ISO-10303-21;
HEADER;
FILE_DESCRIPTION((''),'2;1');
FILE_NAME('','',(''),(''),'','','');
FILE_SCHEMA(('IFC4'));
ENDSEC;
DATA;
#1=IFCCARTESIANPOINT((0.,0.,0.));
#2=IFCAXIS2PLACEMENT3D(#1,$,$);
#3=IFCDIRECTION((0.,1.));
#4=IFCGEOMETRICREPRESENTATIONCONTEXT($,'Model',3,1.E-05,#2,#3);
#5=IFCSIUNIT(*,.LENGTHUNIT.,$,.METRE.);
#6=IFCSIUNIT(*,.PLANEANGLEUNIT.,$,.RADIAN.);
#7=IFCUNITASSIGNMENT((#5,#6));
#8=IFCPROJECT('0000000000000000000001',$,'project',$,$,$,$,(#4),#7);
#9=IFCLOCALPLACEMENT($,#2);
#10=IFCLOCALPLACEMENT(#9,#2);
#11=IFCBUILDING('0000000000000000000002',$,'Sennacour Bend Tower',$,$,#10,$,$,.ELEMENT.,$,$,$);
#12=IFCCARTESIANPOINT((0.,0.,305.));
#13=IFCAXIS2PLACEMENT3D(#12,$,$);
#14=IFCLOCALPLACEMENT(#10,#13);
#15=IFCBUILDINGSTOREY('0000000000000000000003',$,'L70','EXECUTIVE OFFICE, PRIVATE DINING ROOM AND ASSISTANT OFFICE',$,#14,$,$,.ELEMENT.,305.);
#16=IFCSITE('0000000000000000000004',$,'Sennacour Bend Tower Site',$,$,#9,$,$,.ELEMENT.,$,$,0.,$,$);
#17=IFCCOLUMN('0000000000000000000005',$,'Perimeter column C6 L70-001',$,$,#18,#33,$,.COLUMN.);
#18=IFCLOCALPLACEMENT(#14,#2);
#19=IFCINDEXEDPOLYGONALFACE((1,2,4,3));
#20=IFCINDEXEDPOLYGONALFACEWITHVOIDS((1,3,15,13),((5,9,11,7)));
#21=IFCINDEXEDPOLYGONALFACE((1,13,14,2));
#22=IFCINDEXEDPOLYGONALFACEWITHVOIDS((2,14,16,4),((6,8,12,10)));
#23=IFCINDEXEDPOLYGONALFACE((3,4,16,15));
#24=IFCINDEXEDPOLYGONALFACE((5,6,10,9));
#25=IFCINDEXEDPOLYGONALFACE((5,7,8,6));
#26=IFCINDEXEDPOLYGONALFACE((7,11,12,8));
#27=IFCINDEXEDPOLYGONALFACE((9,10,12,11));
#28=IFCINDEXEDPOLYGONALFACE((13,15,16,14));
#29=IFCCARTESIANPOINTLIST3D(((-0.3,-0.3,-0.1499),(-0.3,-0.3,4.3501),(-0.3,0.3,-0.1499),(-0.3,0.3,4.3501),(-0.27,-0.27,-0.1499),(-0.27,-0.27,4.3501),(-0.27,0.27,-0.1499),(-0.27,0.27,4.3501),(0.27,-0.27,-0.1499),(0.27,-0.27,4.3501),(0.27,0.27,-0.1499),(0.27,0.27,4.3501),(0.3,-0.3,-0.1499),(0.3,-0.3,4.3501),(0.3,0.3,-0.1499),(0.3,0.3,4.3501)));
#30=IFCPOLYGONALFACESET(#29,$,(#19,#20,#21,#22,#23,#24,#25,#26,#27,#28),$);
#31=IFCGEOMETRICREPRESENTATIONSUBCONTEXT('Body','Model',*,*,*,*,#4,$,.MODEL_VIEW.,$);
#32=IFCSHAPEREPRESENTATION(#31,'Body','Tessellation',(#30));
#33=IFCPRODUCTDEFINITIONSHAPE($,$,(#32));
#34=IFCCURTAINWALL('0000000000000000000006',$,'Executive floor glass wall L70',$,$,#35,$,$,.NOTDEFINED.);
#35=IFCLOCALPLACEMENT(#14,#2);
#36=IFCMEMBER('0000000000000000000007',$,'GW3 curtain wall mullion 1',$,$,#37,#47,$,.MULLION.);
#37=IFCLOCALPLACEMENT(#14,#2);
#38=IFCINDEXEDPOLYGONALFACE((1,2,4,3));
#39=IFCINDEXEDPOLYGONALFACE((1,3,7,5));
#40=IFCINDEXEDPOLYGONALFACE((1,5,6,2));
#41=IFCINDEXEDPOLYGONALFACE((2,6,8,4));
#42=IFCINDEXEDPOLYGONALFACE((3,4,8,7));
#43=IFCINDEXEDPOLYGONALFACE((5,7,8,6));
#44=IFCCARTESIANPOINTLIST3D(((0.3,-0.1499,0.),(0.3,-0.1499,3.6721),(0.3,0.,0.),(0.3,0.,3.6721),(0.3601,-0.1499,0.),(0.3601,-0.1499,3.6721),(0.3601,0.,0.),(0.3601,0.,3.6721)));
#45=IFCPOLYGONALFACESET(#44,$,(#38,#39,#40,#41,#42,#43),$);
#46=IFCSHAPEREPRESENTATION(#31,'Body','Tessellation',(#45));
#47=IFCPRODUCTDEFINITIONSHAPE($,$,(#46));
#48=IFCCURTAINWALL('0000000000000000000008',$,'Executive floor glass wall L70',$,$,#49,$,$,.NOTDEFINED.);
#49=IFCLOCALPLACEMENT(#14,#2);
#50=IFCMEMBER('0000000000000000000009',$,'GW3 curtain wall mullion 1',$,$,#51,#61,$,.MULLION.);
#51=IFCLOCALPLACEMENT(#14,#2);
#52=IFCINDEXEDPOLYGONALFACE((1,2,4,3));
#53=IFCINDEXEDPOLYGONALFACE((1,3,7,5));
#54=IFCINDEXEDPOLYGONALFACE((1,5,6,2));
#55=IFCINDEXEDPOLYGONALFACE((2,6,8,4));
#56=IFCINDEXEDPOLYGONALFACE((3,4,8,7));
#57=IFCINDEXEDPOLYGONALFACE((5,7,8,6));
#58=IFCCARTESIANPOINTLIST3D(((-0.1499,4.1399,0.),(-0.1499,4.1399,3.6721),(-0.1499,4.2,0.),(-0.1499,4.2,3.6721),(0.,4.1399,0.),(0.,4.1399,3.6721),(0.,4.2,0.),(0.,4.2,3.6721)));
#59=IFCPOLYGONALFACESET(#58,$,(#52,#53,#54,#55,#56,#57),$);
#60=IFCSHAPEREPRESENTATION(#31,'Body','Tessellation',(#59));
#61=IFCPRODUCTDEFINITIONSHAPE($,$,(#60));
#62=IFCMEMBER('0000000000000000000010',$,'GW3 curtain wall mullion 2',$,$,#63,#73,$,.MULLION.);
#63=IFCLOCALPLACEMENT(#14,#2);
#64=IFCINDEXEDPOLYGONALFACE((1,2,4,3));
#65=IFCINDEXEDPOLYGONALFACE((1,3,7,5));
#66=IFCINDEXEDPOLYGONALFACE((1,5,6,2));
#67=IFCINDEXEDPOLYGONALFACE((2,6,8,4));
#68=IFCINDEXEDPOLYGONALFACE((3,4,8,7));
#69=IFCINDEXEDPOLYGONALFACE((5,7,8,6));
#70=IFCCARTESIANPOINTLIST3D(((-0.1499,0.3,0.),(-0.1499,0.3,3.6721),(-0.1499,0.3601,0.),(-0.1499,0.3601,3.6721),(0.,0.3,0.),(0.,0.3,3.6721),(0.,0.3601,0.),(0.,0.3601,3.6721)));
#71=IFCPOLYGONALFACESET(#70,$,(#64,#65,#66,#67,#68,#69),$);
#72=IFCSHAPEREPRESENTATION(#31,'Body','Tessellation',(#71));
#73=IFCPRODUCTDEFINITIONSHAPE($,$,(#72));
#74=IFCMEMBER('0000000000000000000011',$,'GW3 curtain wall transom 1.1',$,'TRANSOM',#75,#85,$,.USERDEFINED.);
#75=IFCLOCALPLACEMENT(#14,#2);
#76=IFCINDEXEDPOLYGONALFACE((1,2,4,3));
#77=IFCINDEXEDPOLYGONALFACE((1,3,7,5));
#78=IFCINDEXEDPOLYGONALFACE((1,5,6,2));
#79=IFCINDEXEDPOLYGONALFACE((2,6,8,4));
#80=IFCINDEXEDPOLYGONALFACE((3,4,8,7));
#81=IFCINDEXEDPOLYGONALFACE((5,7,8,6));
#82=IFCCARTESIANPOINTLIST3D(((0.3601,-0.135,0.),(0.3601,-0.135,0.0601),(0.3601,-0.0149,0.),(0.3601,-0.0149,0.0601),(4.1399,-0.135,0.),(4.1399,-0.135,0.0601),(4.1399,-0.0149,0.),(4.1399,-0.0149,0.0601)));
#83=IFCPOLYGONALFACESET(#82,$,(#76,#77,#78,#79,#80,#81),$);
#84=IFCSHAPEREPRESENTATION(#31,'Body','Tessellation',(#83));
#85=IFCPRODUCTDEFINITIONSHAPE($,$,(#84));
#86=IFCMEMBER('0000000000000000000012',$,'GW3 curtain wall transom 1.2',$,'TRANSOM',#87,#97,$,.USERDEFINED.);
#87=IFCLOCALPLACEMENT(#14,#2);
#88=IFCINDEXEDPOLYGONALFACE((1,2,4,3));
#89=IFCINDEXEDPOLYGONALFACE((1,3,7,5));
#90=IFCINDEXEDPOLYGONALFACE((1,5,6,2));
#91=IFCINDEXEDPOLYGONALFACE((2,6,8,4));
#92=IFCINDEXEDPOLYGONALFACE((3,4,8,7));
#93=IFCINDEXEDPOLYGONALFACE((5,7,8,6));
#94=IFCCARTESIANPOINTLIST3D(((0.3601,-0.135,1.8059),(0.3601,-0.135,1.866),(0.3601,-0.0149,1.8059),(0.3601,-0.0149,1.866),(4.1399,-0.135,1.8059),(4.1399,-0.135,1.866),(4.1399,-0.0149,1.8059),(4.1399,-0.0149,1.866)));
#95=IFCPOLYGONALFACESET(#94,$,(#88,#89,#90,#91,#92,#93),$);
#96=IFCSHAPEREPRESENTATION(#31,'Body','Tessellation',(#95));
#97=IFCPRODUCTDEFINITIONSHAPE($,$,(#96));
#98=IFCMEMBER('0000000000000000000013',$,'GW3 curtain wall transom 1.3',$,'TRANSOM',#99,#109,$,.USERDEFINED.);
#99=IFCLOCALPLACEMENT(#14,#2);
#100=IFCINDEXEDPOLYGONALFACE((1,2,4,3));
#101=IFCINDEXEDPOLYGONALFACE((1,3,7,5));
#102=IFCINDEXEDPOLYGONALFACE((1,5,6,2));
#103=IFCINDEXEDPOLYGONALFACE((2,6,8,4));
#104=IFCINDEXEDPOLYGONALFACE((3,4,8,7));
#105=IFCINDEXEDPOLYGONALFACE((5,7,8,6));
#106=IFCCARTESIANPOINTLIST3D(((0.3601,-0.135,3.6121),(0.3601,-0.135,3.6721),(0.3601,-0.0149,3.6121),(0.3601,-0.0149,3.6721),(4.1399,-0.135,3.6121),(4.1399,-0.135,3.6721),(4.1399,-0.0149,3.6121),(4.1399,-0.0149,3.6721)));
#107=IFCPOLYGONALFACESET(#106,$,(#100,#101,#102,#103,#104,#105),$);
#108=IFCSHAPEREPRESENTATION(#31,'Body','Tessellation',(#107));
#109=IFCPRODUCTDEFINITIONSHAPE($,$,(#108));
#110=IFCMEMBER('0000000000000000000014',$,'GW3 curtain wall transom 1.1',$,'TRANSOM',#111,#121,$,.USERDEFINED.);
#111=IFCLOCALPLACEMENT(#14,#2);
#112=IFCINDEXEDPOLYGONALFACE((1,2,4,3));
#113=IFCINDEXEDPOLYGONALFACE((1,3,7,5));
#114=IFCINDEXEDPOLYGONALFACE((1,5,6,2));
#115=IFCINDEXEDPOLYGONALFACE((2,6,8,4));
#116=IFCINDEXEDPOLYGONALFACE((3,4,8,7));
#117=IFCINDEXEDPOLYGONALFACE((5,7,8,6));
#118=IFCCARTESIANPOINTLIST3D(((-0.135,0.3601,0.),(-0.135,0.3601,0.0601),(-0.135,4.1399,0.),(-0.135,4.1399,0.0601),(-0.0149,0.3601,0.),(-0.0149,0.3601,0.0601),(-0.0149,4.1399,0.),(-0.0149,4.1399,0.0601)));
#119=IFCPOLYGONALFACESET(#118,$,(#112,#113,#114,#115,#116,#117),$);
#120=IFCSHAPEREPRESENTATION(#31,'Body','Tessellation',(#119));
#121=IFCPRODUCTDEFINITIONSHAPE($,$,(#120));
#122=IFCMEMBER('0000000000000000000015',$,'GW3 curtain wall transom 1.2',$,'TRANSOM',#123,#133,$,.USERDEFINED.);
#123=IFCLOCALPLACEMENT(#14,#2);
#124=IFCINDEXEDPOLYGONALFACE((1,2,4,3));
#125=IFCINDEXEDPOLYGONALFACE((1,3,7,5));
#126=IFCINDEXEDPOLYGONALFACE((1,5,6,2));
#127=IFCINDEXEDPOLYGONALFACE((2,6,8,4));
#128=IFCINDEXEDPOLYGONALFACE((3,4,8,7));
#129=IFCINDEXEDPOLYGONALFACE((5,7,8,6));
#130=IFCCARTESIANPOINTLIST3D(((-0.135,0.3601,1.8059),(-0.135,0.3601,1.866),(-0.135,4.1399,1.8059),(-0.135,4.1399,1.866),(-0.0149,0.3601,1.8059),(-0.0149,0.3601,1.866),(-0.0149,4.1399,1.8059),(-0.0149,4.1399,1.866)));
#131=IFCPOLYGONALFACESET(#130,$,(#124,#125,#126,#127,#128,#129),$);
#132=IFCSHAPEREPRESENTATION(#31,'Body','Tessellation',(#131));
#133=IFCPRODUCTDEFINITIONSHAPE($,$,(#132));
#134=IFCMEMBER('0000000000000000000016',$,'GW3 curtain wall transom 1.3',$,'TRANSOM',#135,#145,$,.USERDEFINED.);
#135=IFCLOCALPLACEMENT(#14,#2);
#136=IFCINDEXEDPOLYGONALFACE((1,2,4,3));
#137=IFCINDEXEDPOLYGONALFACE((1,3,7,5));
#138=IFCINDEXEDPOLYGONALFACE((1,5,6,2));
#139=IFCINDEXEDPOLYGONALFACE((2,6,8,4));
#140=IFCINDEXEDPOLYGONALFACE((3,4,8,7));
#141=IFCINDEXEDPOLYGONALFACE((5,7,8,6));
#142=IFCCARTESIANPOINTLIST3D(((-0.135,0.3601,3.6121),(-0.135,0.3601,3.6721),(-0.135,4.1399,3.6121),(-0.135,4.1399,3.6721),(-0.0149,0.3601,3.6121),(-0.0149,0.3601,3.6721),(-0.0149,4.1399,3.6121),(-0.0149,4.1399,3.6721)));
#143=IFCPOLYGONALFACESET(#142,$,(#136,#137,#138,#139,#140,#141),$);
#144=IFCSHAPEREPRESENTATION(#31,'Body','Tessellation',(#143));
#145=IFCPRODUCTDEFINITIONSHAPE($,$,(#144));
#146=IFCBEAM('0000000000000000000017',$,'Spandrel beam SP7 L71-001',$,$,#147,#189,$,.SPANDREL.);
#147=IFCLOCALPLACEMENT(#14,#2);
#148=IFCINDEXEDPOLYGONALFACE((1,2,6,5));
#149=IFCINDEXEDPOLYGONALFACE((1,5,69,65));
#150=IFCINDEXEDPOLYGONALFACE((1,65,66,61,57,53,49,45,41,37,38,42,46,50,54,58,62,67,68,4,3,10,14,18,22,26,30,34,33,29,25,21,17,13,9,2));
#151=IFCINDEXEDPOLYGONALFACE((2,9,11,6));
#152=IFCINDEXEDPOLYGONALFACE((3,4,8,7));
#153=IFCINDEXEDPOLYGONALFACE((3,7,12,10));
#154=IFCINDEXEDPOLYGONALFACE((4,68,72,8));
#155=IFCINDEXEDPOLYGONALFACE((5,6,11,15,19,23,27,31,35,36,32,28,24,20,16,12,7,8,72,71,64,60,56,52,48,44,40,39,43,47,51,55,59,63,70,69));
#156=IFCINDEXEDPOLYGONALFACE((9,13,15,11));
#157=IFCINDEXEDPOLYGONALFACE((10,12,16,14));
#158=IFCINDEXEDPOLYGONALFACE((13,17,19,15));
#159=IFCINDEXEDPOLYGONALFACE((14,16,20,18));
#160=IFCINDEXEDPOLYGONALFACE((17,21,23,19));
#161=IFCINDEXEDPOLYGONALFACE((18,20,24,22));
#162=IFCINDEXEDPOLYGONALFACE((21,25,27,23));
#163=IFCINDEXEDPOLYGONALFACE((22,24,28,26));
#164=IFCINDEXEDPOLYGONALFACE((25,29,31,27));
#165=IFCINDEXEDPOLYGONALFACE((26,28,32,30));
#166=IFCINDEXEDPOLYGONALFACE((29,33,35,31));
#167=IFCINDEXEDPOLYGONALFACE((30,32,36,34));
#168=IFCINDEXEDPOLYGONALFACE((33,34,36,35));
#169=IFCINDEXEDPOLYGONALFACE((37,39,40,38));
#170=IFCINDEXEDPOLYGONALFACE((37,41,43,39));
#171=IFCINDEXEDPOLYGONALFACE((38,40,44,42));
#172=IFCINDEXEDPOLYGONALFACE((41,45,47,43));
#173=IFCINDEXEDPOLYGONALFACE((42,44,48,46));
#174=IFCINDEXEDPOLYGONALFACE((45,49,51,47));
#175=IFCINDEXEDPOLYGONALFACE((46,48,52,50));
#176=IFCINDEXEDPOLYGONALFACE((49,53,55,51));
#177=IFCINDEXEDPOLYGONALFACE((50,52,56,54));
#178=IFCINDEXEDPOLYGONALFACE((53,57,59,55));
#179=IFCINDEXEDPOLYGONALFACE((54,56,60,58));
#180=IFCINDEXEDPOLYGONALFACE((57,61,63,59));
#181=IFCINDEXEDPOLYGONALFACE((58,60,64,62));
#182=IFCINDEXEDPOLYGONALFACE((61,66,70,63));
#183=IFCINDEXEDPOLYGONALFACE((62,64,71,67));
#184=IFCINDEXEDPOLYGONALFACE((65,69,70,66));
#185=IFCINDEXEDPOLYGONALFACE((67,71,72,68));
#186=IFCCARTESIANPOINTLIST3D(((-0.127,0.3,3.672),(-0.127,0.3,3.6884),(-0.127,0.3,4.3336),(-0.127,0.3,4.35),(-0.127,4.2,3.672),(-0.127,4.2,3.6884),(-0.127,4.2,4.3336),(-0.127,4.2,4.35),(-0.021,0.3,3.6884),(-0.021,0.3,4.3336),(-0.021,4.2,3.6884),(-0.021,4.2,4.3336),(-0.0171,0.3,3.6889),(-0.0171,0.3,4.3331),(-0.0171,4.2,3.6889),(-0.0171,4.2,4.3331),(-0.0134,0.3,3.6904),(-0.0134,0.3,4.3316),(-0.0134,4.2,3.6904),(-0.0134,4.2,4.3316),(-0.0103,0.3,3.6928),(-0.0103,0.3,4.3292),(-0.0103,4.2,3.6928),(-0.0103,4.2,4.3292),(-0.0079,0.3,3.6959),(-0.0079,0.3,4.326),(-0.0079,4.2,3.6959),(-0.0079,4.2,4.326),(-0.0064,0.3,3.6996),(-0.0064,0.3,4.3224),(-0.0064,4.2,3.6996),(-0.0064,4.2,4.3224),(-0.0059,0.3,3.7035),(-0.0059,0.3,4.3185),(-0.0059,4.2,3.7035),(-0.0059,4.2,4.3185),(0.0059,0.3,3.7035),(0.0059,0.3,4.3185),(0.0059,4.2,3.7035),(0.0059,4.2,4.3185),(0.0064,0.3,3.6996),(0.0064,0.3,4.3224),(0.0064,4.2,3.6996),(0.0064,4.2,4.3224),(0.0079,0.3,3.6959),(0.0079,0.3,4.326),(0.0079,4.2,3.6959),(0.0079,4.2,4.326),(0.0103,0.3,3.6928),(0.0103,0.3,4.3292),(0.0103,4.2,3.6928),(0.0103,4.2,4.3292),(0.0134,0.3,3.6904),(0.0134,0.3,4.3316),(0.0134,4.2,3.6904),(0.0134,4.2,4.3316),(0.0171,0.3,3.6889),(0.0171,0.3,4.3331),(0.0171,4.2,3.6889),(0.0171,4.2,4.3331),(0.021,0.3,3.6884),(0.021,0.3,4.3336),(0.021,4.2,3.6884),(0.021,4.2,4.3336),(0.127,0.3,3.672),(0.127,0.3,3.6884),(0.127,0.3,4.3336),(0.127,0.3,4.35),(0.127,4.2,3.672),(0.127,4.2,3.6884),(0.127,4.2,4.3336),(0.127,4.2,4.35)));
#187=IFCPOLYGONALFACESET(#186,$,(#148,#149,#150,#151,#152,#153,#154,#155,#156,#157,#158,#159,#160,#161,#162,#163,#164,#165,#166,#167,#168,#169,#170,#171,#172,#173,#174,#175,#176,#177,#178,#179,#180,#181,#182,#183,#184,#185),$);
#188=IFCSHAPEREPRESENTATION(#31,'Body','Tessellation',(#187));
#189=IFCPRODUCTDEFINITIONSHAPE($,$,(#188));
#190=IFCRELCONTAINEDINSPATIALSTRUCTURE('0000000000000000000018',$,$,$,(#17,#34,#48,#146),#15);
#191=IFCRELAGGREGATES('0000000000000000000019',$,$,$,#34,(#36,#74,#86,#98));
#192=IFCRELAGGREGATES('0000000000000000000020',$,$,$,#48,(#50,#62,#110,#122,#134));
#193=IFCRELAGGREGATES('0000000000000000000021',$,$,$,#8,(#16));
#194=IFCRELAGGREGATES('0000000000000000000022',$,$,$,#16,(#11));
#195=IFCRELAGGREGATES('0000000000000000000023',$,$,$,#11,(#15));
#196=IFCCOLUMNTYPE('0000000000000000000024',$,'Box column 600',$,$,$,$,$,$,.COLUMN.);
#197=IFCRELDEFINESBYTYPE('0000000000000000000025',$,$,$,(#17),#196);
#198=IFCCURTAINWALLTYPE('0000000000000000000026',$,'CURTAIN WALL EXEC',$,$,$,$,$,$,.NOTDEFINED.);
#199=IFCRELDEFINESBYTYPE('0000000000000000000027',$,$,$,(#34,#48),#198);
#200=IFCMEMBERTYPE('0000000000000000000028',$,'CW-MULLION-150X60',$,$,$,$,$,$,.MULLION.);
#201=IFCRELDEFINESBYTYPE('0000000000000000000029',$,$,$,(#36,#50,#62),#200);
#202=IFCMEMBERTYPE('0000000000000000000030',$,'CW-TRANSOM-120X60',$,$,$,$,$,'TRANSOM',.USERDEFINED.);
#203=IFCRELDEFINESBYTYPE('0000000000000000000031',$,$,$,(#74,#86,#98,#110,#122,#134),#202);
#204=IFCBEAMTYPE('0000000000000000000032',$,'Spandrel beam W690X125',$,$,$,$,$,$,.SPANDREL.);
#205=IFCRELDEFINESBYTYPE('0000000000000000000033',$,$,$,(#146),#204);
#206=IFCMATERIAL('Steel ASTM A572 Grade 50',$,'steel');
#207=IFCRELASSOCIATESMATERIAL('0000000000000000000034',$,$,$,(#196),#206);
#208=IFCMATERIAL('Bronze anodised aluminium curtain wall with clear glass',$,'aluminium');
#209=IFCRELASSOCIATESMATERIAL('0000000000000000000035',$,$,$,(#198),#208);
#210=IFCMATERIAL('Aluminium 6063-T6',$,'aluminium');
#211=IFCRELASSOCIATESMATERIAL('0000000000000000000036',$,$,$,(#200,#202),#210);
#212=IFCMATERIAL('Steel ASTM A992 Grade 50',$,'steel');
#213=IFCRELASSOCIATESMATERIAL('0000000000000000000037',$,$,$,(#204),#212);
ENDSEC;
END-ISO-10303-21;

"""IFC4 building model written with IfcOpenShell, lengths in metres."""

from ifc_helpers import new_model, si_unit, direction, frame, origin, origin_2d, place, context, subcontext, project, spatial, rectangle, hollow_rectangle, i_section, extrude, material, material_profile, profile_set, type_object, element, aggregate, save


model = new_model("IFC4")

# Units and contexts
model_context = context("Model", 3, precision=1e-05, world=origin(), true_north=direction((0.0, 1.0)))
body_context = subcontext(model_context, "Body", "Model", "MODEL_VIEW")
ifc_project = project(units=[si_unit("LENGTHUNIT", "METRE"), si_unit("PLANEANGLEUNIT", "RADIAN")], contexts=[model_context])

# Site, building, storey
site_placement = place(None, origin())
site = spatial("IfcSite", under=ifc_project, at=site_placement, Name="Sennacour Bend Tower Site", CompositionType="ELEMENT", RefElevation=0.0)
building_placement = place(site_placement, origin())
building = spatial("IfcBuilding", under=site, at=building_placement, Name="Sennacour Bend Tower", CompositionType="ELEMENT")
storey_placement = place(building_placement, frame((0.0, 0.0, 305.0)))
storey = spatial("IfcBuildingStorey", under=building, at=storey_placement, Name="L70", Description="EXECUTIVE OFFICE, PRIVATE DINING ROOM AND ASSISTANT OFFICE", CompositionType="ELEMENT", Elevation=305.0)

# Column
ifc_material_1 = material(Name="Steel ASTM A572 Grade 50", Category="steel")
ifc_material_profile_1 = material_profile(ifc_material_1, hollow_rectangle(XDim=0.6001, YDim=0.6001, WallThickness=0.03, at=origin_2d()), Name="Steel ASTM A572 Grade 50", Category="steel")
ifc_profile_set_1 = profile_set([ifc_material_profile_1], Name="Steel ASTM A572 Grade 50")
column_type = type_object("IfcColumnType", Name="Box column 600", PredefinedType="COLUMN", material=ifc_profile_set_1)
column_placement = place(storey_placement, frame((0.0, 0.0, -0.1499), z_axis=(0.0, 0.0, 1.0), x_axis=(1.0, 0.0, 0.0)))
element("IfcColumn", 1, at=column_placement, inside=storey, type_object=column_type, Name="Perimeter column C6 L70-001", PredefinedType="COLUMN", context=body_context, shape_type="SweptSolid", body=[
    extrude(hollow_rectangle(XDim=0.6001, YDim=0.6001, WallThickness=0.03, at=origin_2d()), origin(), (0.0, 0.0, 1.0), 4.5),
])

# Curtain wall, member
ifc_material_2 = material(Name="Bronze anodised aluminium curtain wall with clear glass", Category="aluminium")
curtain_wall_type = type_object("IfcCurtainWallType", Name="CURTAIN WALL EXEC", PredefinedType="NOTDEFINED", material=ifc_material_2)
curtain_wall_1_placement = place(storey_placement, origin())
curtain_wall_1 = element("IfcCurtainWall", 2, at=curtain_wall_1_placement, inside=storey, type_object=curtain_wall_type, Name="Executive floor glass wall L70", PredefinedType="NOTDEFINED")
ifc_material_3 = material(Name="Aluminium 6063-T6", Category="aluminium")
ifc_material_profile_2 = material_profile(ifc_material_3, rectangle(XDim=0.1499, YDim=0.0601, at=origin_2d()), Name="Aluminium 6063-T6", Category="aluminium")
ifc_profile_set_2 = profile_set([ifc_material_profile_2], Name="Aluminium 6063-T6")
member_type_1 = type_object("IfcMemberType", Name="CW-MULLION-150X60", PredefinedType="MULLION", material=ifc_profile_set_2)
member_1_placement = place(storey_placement, frame((0.3301, -0.075, 0.0), z_axis=(0.0, 0.0, 1.0), x_axis=(0.0, 1.0, 0.0)))
member_1 = element("IfcMember", 3, at=member_1_placement, type_object=member_type_1, Name="GW3 curtain wall mullion 1", PredefinedType="MULLION", context=body_context, shape_type="SweptSolid", body=[
    extrude(rectangle(XDim=0.1499, YDim=0.0601, at=origin_2d()), origin(), (0.0, 0.0, 1.0), 3.6721),
])

# Curtain wall, members
curtain_wall_2_placement = place(storey_placement, origin())
curtain_wall_2 = element("IfcCurtainWall", 4, at=curtain_wall_2_placement, inside=storey, type_object=curtain_wall_type, Name="Executive floor glass wall L70", PredefinedType="NOTDEFINED")
member_2_placement = place(storey_placement, frame((-0.075, 4.1699, 0.0), z_axis=(0.0, 0.0, 1.0), x_axis=(1.0, 0.0, 0.0)))
member_2 = element("IfcMember", 5, at=member_2_placement, type_object=member_type_1, Name="GW3 curtain wall mullion 1", PredefinedType="MULLION", context=body_context, shape_type="SweptSolid", body=[
    extrude(rectangle(XDim=0.1499, YDim=0.0601, at=origin_2d()), origin(), (0.0, 0.0, 1.0), 3.6721),
])
member_3_placement = place(storey_placement, frame((-0.075, 0.3301, 0.0), z_axis=(0.0, 0.0, 1.0), x_axis=(1.0, 0.0, 0.0)))
member_3 = element("IfcMember", 6, at=member_3_placement, type_object=member_type_1, Name="GW3 curtain wall mullion 2", PredefinedType="MULLION", context=body_context, shape_type="SweptSolid", body=[
    extrude(rectangle(XDim=0.1499, YDim=0.0601, at=origin_2d()), origin(), (0.0, 0.0, 1.0), 3.6721),
])

# Members
ifc_material_profile_3 = material_profile(ifc_material_3, rectangle(XDim=0.1201, YDim=0.0601, at=origin_2d()), Name="Aluminium 6063-T6", Category="aluminium")
ifc_profile_set_3 = profile_set([ifc_material_profile_3], Name="Aluminium 6063-T6")
member_type_2 = type_object("IfcMemberType", Name="CW-TRANSOM-120X60", ElementType="TRANSOM", PredefinedType="USERDEFINED", material=ifc_profile_set_3)
member_4_placement = place(storey_placement, frame((0.3601, -0.075, 0.03), z_axis=(1.0, 0.0, 0.0), x_axis=(0.0, 1.0, 0.0)))
member_4 = element("IfcMember", 7, at=member_4_placement, type_object=member_type_2, Name="GW3 curtain wall transom 1.1", ObjectType="TRANSOM", PredefinedType="USERDEFINED", context=body_context, shape_type="SweptSolid", body=[
    extrude(rectangle(XDim=0.1201, YDim=0.0601, at=origin_2d()), origin(), (0.0, 0.0, 1.0), 3.7798),
])
member_5_placement = place(storey_placement, frame((0.3601, -0.075, 1.8359), z_axis=(1.0, 0.0, 0.0), x_axis=(0.0, 1.0, 0.0)))
member_5 = element("IfcMember", 8, at=member_5_placement, type_object=member_type_2, Name="GW3 curtain wall transom 1.2", ObjectType="TRANSOM", PredefinedType="USERDEFINED", context=body_context, shape_type="SweptSolid", body=[
    extrude(rectangle(XDim=0.1201, YDim=0.0601, at=origin_2d()), origin(), (0.0, 0.0, 1.0), 3.7798),
])
member_6_placement = place(storey_placement, frame((0.3601, -0.075, 3.6421), z_axis=(1.0, 0.0, 0.0), x_axis=(0.0, 1.0, 0.0)))
member_6 = element("IfcMember", 9, at=member_6_placement, type_object=member_type_2, Name="GW3 curtain wall transom 1.3", ObjectType="TRANSOM", PredefinedType="USERDEFINED", context=body_context, shape_type="SweptSolid", body=[
    extrude(rectangle(XDim=0.1201, YDim=0.0601, at=origin_2d()), origin(), (0.0, 0.0, 1.0), 3.7798),
])
aggregate(curtain_wall_1, [member_1, member_4, member_5, member_6])
member_7_placement = place(storey_placement, frame((-0.075, 4.1399, 0.03), z_axis=(0.0, -1.0, 0.0), x_axis=(1.0, 0.0, 0.0)))
member_7 = element("IfcMember", 10, at=member_7_placement, type_object=member_type_2, Name="GW3 curtain wall transom 1.1", ObjectType="TRANSOM", PredefinedType="USERDEFINED", context=body_context, shape_type="SweptSolid", body=[
    extrude(rectangle(XDim=0.1201, YDim=0.0601, at=origin_2d()), origin(), (0.0, 0.0, 1.0), 3.7798),
])
member_8_placement = place(storey_placement, frame((-0.075, 4.1399, 1.8359), z_axis=(0.0, -1.0, 0.0), x_axis=(1.0, 0.0, 0.0)))
member_8 = element("IfcMember", 11, at=member_8_placement, type_object=member_type_2, Name="GW3 curtain wall transom 1.2", ObjectType="TRANSOM", PredefinedType="USERDEFINED", context=body_context, shape_type="SweptSolid", body=[
    extrude(rectangle(XDim=0.1201, YDim=0.0601, at=origin_2d()), origin(), (0.0, 0.0, 1.0), 3.7798),
])
member_9_placement = place(storey_placement, frame((-0.075, 4.1399, 3.6421), z_axis=(0.0, -1.0, 0.0), x_axis=(1.0, 0.0, 0.0)))
member_9 = element("IfcMember", 12, at=member_9_placement, type_object=member_type_2, Name="GW3 curtain wall transom 1.3", ObjectType="TRANSOM", PredefinedType="USERDEFINED", context=body_context, shape_type="SweptSolid", body=[
    extrude(rectangle(XDim=0.1201, YDim=0.0601, at=origin_2d()), origin(), (0.0, 0.0, 1.0), 3.7798),
])

# Beam
ifc_material_4 = material(Name="Steel ASTM A992 Grade 50", Category="steel")
ifc_material_profile_4 = material_profile(ifc_material_4, i_section(OverallWidth=0.2539, OverallDepth=0.678, WebThickness=0.0117, FlangeThickness=0.0164, FilletRadius=0.0151, at=origin_2d()), Name="Steel ASTM A992 Grade 50", Category="steel")
ifc_profile_set_4 = profile_set([ifc_material_profile_4], Name="Steel ASTM A992 Grade 50")
beam_type = type_object("IfcBeamType", Name="Spandrel beam W690X125", PredefinedType="SPANDREL", material=ifc_profile_set_4)
beam_placement = place(storey_placement, frame((0.0, 0.3, 4.011), z_axis=(0.0, 1.0, 0.0), x_axis=(-1.0, 0.0, 0.0)))
element("IfcBeam", 13, at=beam_placement, inside=storey, type_object=beam_type, Name="Spandrel beam SP7 L71-001", PredefinedType="SPANDREL", context=body_context, shape_type="SweptSolid", body=[
    extrude(i_section(OverallWidth=0.2539, OverallDepth=0.678, WebThickness=0.0117, FlangeThickness=0.0164, FilletRadius=0.0151, at=origin_2d()), origin(), (0.0, 0.0, 1.0), 3.8999),
])

aggregate(curtain_wall_2, [member_2, member_3, member_7, member_8, member_9])

save(model, "model.ifc")
